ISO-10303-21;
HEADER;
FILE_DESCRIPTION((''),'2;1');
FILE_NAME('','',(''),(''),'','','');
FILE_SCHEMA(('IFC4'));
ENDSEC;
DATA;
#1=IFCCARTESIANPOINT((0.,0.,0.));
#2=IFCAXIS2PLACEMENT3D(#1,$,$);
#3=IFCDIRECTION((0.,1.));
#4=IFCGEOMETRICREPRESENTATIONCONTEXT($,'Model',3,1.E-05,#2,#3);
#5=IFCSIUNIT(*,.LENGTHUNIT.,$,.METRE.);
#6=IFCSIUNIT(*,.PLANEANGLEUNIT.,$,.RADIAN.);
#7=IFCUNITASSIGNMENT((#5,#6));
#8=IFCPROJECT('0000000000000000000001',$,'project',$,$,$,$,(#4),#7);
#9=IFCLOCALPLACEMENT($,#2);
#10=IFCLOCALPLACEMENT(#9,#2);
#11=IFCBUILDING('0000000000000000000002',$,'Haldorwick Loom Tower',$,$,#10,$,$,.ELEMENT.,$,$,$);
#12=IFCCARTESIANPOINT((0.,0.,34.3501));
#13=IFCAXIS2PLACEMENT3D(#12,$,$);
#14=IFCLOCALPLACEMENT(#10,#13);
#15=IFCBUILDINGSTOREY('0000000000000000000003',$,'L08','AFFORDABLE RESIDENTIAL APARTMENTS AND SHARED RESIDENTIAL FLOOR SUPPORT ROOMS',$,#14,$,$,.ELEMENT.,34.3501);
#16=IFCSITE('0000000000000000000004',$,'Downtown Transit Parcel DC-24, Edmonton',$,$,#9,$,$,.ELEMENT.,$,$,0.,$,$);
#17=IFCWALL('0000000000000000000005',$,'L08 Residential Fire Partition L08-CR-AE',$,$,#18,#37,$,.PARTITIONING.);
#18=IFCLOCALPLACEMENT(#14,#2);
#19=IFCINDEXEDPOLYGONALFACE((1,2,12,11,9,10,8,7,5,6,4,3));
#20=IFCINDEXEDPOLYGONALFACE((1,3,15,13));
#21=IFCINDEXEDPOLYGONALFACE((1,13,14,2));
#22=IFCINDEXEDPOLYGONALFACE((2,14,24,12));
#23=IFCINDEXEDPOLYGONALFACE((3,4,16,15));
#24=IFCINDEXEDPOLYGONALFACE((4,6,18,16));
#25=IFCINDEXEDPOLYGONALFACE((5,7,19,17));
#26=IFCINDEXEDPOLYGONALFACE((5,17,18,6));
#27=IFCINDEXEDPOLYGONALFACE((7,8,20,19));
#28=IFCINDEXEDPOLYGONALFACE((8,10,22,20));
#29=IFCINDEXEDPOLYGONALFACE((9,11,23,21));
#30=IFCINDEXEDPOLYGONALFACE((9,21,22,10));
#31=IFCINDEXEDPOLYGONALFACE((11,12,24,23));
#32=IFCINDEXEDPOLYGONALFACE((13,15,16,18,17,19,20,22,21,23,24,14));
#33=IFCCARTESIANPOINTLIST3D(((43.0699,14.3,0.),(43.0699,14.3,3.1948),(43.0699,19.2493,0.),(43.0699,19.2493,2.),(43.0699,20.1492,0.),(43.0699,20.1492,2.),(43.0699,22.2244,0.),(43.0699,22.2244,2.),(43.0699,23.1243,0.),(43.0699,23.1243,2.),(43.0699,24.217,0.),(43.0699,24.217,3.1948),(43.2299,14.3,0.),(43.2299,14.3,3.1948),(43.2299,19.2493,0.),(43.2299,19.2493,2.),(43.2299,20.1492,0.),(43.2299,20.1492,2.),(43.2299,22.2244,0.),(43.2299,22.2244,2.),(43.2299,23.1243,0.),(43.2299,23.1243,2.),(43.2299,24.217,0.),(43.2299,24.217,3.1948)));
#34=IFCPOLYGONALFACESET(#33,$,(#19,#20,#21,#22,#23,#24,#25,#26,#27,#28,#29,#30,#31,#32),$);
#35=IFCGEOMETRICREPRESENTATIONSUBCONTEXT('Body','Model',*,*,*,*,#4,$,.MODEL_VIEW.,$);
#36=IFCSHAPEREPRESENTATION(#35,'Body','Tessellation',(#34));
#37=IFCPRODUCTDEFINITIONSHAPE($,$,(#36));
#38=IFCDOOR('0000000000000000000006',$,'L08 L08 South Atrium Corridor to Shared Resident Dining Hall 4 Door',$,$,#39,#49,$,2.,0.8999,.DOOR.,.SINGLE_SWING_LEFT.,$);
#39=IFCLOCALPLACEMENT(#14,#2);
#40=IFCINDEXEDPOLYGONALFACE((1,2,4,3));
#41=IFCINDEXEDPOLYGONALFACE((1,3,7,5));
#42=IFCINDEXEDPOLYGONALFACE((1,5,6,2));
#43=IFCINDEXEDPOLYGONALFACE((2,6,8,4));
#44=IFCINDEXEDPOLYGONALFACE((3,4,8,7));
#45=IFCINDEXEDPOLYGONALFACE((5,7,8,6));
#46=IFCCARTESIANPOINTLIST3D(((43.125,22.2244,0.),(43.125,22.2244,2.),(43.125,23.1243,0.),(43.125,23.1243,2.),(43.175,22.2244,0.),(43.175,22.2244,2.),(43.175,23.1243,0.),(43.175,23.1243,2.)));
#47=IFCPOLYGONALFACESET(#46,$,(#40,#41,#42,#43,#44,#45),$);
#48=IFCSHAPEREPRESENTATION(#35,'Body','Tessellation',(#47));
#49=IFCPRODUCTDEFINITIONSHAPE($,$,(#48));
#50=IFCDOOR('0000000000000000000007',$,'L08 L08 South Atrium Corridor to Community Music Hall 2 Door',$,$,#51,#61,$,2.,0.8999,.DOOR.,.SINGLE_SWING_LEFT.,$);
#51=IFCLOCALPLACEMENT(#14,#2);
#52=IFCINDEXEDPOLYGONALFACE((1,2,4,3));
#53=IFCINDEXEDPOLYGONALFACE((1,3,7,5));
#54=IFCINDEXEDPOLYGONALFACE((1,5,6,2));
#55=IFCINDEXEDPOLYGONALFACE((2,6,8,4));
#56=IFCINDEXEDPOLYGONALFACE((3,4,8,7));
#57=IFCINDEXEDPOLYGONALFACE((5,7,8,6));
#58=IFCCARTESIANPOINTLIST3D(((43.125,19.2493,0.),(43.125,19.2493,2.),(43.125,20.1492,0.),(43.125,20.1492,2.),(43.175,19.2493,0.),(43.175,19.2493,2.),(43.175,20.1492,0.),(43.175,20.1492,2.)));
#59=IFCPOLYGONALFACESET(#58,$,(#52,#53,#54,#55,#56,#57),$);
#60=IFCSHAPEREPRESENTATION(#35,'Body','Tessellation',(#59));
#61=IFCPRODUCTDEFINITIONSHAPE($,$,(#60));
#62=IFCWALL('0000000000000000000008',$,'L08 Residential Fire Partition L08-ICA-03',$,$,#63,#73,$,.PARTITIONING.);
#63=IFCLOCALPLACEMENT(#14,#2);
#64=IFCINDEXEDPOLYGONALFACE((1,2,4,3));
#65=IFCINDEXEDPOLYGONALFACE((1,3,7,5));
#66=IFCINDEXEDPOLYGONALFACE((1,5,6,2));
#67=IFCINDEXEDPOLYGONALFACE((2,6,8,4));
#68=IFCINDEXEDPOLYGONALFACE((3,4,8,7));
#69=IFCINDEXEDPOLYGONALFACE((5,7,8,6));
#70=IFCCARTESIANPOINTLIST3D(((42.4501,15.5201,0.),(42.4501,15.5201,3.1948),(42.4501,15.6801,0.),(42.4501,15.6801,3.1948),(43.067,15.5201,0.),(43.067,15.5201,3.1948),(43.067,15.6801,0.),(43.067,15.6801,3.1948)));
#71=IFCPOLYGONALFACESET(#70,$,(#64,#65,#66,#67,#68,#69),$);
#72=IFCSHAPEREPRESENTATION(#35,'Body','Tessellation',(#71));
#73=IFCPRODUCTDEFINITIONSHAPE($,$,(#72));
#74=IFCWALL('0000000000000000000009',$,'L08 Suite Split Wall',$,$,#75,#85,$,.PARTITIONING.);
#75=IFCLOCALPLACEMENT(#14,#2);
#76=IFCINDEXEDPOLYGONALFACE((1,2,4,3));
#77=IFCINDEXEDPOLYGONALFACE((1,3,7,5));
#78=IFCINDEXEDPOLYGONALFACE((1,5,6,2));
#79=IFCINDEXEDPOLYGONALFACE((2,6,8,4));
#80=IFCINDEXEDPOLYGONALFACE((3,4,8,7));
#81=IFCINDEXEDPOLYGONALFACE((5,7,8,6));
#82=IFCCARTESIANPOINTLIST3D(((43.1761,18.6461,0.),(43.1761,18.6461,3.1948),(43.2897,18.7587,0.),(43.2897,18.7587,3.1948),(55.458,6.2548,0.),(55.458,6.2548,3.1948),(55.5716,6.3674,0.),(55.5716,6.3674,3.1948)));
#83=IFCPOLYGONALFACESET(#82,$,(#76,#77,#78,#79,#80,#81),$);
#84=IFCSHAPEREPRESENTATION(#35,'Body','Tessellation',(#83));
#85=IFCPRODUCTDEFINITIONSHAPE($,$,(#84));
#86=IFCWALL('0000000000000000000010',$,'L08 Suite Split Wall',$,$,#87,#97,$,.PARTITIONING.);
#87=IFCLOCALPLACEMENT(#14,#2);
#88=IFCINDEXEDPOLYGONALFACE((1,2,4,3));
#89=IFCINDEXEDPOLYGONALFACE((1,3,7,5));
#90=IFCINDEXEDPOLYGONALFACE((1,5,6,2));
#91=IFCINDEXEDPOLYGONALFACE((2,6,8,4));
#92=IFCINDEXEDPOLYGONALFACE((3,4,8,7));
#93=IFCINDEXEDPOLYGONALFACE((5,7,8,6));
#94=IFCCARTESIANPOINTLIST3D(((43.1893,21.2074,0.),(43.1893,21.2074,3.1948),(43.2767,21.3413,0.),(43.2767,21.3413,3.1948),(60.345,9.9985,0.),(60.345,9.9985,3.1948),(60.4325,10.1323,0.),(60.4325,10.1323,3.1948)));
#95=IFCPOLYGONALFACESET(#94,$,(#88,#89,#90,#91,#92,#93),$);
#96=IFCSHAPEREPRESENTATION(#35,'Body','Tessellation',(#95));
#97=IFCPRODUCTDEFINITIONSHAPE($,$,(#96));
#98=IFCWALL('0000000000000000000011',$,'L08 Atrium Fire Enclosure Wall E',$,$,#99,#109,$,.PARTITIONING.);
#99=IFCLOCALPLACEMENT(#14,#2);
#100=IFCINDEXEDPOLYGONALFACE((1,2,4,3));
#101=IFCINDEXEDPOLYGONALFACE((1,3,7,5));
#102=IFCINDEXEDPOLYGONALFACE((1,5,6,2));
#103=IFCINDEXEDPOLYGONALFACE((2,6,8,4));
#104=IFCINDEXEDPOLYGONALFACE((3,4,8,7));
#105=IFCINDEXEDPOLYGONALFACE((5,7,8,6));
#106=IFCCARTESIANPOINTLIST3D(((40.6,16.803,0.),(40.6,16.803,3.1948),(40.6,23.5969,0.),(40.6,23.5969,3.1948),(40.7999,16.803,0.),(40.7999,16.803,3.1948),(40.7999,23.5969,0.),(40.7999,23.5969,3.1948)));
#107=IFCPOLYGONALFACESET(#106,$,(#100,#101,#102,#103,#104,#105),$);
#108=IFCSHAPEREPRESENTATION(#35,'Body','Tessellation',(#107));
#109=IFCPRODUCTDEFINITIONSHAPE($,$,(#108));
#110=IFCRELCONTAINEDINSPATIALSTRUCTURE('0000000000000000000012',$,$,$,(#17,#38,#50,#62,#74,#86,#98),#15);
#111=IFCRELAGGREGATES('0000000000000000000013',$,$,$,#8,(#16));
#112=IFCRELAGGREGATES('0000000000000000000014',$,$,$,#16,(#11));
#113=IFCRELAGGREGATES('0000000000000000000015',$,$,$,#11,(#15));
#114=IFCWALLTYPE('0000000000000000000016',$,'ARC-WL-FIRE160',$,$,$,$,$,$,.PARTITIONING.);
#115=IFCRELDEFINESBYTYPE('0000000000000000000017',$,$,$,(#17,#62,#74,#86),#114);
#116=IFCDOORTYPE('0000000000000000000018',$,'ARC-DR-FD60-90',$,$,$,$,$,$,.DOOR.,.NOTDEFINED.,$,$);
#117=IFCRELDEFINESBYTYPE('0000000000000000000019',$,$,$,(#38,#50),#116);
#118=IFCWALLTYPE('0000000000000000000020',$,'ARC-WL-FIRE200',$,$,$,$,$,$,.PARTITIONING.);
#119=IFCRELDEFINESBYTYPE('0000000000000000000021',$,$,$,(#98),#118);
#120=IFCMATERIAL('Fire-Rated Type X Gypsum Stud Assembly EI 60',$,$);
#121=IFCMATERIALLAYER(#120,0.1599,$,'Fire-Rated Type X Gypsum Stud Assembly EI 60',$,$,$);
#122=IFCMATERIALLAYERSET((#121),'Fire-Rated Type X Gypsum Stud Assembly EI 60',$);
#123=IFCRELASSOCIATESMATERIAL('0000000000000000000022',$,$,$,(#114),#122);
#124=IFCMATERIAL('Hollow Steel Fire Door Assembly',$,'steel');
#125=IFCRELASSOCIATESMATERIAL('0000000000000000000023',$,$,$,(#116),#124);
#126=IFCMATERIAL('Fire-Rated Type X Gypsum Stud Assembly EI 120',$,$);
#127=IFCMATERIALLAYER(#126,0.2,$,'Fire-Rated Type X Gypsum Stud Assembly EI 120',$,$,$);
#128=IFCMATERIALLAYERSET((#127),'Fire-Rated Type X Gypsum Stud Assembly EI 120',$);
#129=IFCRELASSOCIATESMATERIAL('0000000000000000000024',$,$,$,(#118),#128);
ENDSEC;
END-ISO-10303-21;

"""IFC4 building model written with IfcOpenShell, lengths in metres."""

from ifc_helpers import new_model, si_unit, direction, frame, frame_2d, origin, place, context, subcontext, project, spatial, rectangle, extrude, material, layer, layer_set, type_object, element, fill, save


model = new_model("IFC4")

# Units and contexts
model_context = context("Model", 3, precision=1e-05, world=origin(), true_north=direction((0.0, 1.0)))
body_context = subcontext(model_context, "Body", "Model", "MODEL_VIEW")
ifc_project = project(units=[si_unit("LENGTHUNIT", "METRE"), si_unit("PLANEANGLEUNIT", "RADIAN")], contexts=[model_context])

# Site, building, storey
site_placement = place(None, origin())
site = spatial("IfcSite", under=ifc_project, at=site_placement, Name="Downtown Transit Parcel DC-24, Edmonton", CompositionType="ELEMENT", RefElevation=0.0)
building_placement = place(site_placement, origin())
building = spatial("IfcBuilding", under=site, at=building_placement, Name="Haldorwick Loom Tower", CompositionType="ELEMENT")
storey_placement = place(building_placement, frame((0.0, 0.0, 34.3501)))
storey = spatial("IfcBuildingStorey", under=building, at=storey_placement, Name="L08", Description="AFFORDABLE RESIDENTIAL APARTMENTS AND SHARED RESIDENTIAL FLOOR SUPPORT ROOMS", CompositionType="ELEMENT", Elevation=34.3501)

# Wall, openings, doors
ifc_material_1 = material(Name="Fire-Rated Type X Gypsum Stud Assembly EI 60")
ifc_layer_1 = layer(ifc_material_1, 0.1599, Name="Fire-Rated Type X Gypsum Stud Assembly EI 60")
ifc_layer_set_1 = layer_set([ifc_layer_1], Name="Fire-Rated Type X Gypsum Stud Assembly EI 60")
wall_type_1 = type_object("IfcWallType", Name="ARC-WL-FIRE160", PredefinedType="PARTITIONING", material=ifc_layer_set_1)
wall_1_placement = place(storey_placement, frame((43.1499, 14.3, 0.0), z_axis=(0.0, 0.0, 1.0), x_axis=(0.0, 1.0, 0.0)))
wall_1 = element("IfcWall", 1, at=wall_1_placement, inside=storey, type_object=wall_type_1, Name="L08 Residential Fire Partition L08-CR-AE", PredefinedType="PARTITIONING", context=body_context, shape_type="SweptSolid", body=[
    extrude(rectangle(XDim=9.917, YDim=0.1599, at=frame_2d((4.9585, 0.0))), origin(), (0.0, 0.0, 1.0), 3.1948),
])
opening_1_placement = place(wall_1_placement, frame((7.9243, 0.0, 0.0)))
opening_1 = element("IfcOpeningElement", 2, at=opening_1_placement, cuts=wall_1, PredefinedType="OPENING", context=body_context, shape_type="SweptSolid", body=[
    extrude(rectangle(XDim=0.8999, YDim=2.0, at=frame_2d((0.45, 1.0))), frame((0.0, 0.0898, 0.0), z_axis=(0.0, -1.0, 0.0), x_axis=(1.0, 0.0, 0.0)), (0.0, 0.0, 1.0), 0.1799),
])
opening_2_placement = place(wall_1_placement, frame((4.9492, 0.0, 0.0)))
opening_2 = element("IfcOpeningElement", 3, at=opening_2_placement, cuts=wall_1, PredefinedType="OPENING", context=body_context, shape_type="SweptSolid", body=[
    extrude(rectangle(XDim=0.8999, YDim=2.0, at=frame_2d((0.45, 1.0))), frame((0.0, 0.0898, 0.0), z_axis=(0.0, -1.0, 0.0), x_axis=(1.0, 0.0, 0.0)), (0.0, 0.0, 1.0), 0.1799),
])
ifc_material_2 = material(Name="Hollow Steel Fire Door Assembly", Category="steel")
door_type = type_object("IfcDoorType", Name="ARC-DR-FD60-90", OperationType="NOTDEFINED", PredefinedType="DOOR", material=ifc_material_2)
door_1_placement = place(opening_1_placement, origin())
door_1 = element("IfcDoor", 4, at=door_1_placement, inside=storey, type_object=door_type, Name="L08 L08 South Atrium Corridor to Shared Resident Dining Hall 4 Door", OperationType="SINGLE_SWING_LEFT", OverallHeight=2.0, OverallWidth=0.8999, PredefinedType="DOOR", context=body_context, shape_type="SweptSolid", body=[
    extrude(rectangle(XDim=0.8999, YDim=2.0, at=frame_2d((0.45, 1.0))), frame((0.0, 0.0249, 0.0), z_axis=(0.0, -1.0, 0.0), x_axis=(1.0, 0.0, 0.0)), (0.0, 0.0, 1.0), 0.05),
])
fill(opening_1, door_1)
door_2_placement = place(opening_2_placement, origin())
door_2 = element("IfcDoor", 5, at=door_2_placement, inside=storey, type_object=door_type, Name="L08 L08 South Atrium Corridor to Community Music Hall 2 Door", OperationType="SINGLE_SWING_LEFT", OverallHeight=2.0, OverallWidth=0.8999, PredefinedType="DOOR", context=body_context, shape_type="SweptSolid", body=[
    extrude(rectangle(XDim=0.8999, YDim=2.0, at=frame_2d((0.45, 1.0))), frame((0.0, 0.0249, 0.0), z_axis=(0.0, -1.0, 0.0), x_axis=(1.0, 0.0, 0.0)), (0.0, 0.0, 1.0), 0.05),
])
fill(opening_2, door_2)

# Walls
wall_2_placement = place(storey_placement, frame((42.45, 15.6001, 0.0), z_axis=(0.0, 0.0, 1.0), x_axis=(1.0, 0.0, 0.0)))
element("IfcWall", 6, at=wall_2_placement, inside=storey, type_object=wall_type_1, Name="L08 Residential Fire Partition L08-ICA-03", PredefinedType="PARTITIONING", context=body_context, shape_type="SweptSolid", body=[
    extrude(rectangle(XDim=0.6169, YDim=0.1599, at=frame_2d((0.3086, 0.0))), origin(), (0.0, 0.0, 1.0), 3.1948),
])
wall_3_placement = place(storey_placement, frame((43.2329, 18.7024, 0.0), z_axis=(0.0, 0.0, 1.0), x_axis=(0.703965, -0.710234, 0.0)))
element("IfcWall", 7, at=wall_3_placement, inside=storey, type_object=wall_type_1, Name="L08 Suite Split Wall", PredefinedType="PARTITIONING", context=body_context, shape_type="SweptSolid", body=[
    extrude(rectangle(XDim=17.4468, YDim=0.1599, at=frame_2d((8.7234, 0.0))), origin(), (0.0, 0.0, 1.0), 3.1948),
])
wall_4_placement = place(storey_placement, frame((43.2329, 21.2744, 0.0), z_axis=(0.0, 0.0, 1.0), x_axis=(0.837154, -0.546968, 0.0)))
element("IfcWall", 8, at=wall_4_placement, inside=storey, type_object=wall_type_1, Name="L08 Suite Split Wall", PredefinedType="PARTITIONING", context=body_context, shape_type="SweptSolid", body=[
    extrude(rectangle(XDim=20.4929, YDim=0.1599, at=frame_2d((10.2466, 0.0))), origin(), (0.0, 0.0, 1.0), 3.1948),
])
ifc_material_3 = material(Name="Fire-Rated Type X Gypsum Stud Assembly EI 120")
ifc_layer_2 = layer(ifc_material_3, 0.2, Name="Fire-Rated Type X Gypsum Stud Assembly EI 120")
ifc_layer_set_2 = layer_set([ifc_layer_2], Name="Fire-Rated Type X Gypsum Stud Assembly EI 120")
wall_type_2 = type_object("IfcWallType", Name="ARC-WL-FIRE200", PredefinedType="PARTITIONING", material=ifc_layer_set_2)
wall_5_placement = place(storey_placement, frame((40.7, 23.5969, 0.0), z_axis=(0.0, 0.0, 1.0), x_axis=(0.0, -1.0, 0.0)))
element("IfcWall", 9, at=wall_5_placement, inside=storey, type_object=wall_type_2, Name="L08 Atrium Fire Enclosure Wall E", PredefinedType="PARTITIONING", context=body_context, shape_type="SweptSolid", body=[
    extrude(rectangle(XDim=6.7939, YDim=0.2, at=frame_2d((3.397, 0.0))), origin(), (0.0, 0.0, 1.0), 3.1948),
])

save(model, "model.ifc")
